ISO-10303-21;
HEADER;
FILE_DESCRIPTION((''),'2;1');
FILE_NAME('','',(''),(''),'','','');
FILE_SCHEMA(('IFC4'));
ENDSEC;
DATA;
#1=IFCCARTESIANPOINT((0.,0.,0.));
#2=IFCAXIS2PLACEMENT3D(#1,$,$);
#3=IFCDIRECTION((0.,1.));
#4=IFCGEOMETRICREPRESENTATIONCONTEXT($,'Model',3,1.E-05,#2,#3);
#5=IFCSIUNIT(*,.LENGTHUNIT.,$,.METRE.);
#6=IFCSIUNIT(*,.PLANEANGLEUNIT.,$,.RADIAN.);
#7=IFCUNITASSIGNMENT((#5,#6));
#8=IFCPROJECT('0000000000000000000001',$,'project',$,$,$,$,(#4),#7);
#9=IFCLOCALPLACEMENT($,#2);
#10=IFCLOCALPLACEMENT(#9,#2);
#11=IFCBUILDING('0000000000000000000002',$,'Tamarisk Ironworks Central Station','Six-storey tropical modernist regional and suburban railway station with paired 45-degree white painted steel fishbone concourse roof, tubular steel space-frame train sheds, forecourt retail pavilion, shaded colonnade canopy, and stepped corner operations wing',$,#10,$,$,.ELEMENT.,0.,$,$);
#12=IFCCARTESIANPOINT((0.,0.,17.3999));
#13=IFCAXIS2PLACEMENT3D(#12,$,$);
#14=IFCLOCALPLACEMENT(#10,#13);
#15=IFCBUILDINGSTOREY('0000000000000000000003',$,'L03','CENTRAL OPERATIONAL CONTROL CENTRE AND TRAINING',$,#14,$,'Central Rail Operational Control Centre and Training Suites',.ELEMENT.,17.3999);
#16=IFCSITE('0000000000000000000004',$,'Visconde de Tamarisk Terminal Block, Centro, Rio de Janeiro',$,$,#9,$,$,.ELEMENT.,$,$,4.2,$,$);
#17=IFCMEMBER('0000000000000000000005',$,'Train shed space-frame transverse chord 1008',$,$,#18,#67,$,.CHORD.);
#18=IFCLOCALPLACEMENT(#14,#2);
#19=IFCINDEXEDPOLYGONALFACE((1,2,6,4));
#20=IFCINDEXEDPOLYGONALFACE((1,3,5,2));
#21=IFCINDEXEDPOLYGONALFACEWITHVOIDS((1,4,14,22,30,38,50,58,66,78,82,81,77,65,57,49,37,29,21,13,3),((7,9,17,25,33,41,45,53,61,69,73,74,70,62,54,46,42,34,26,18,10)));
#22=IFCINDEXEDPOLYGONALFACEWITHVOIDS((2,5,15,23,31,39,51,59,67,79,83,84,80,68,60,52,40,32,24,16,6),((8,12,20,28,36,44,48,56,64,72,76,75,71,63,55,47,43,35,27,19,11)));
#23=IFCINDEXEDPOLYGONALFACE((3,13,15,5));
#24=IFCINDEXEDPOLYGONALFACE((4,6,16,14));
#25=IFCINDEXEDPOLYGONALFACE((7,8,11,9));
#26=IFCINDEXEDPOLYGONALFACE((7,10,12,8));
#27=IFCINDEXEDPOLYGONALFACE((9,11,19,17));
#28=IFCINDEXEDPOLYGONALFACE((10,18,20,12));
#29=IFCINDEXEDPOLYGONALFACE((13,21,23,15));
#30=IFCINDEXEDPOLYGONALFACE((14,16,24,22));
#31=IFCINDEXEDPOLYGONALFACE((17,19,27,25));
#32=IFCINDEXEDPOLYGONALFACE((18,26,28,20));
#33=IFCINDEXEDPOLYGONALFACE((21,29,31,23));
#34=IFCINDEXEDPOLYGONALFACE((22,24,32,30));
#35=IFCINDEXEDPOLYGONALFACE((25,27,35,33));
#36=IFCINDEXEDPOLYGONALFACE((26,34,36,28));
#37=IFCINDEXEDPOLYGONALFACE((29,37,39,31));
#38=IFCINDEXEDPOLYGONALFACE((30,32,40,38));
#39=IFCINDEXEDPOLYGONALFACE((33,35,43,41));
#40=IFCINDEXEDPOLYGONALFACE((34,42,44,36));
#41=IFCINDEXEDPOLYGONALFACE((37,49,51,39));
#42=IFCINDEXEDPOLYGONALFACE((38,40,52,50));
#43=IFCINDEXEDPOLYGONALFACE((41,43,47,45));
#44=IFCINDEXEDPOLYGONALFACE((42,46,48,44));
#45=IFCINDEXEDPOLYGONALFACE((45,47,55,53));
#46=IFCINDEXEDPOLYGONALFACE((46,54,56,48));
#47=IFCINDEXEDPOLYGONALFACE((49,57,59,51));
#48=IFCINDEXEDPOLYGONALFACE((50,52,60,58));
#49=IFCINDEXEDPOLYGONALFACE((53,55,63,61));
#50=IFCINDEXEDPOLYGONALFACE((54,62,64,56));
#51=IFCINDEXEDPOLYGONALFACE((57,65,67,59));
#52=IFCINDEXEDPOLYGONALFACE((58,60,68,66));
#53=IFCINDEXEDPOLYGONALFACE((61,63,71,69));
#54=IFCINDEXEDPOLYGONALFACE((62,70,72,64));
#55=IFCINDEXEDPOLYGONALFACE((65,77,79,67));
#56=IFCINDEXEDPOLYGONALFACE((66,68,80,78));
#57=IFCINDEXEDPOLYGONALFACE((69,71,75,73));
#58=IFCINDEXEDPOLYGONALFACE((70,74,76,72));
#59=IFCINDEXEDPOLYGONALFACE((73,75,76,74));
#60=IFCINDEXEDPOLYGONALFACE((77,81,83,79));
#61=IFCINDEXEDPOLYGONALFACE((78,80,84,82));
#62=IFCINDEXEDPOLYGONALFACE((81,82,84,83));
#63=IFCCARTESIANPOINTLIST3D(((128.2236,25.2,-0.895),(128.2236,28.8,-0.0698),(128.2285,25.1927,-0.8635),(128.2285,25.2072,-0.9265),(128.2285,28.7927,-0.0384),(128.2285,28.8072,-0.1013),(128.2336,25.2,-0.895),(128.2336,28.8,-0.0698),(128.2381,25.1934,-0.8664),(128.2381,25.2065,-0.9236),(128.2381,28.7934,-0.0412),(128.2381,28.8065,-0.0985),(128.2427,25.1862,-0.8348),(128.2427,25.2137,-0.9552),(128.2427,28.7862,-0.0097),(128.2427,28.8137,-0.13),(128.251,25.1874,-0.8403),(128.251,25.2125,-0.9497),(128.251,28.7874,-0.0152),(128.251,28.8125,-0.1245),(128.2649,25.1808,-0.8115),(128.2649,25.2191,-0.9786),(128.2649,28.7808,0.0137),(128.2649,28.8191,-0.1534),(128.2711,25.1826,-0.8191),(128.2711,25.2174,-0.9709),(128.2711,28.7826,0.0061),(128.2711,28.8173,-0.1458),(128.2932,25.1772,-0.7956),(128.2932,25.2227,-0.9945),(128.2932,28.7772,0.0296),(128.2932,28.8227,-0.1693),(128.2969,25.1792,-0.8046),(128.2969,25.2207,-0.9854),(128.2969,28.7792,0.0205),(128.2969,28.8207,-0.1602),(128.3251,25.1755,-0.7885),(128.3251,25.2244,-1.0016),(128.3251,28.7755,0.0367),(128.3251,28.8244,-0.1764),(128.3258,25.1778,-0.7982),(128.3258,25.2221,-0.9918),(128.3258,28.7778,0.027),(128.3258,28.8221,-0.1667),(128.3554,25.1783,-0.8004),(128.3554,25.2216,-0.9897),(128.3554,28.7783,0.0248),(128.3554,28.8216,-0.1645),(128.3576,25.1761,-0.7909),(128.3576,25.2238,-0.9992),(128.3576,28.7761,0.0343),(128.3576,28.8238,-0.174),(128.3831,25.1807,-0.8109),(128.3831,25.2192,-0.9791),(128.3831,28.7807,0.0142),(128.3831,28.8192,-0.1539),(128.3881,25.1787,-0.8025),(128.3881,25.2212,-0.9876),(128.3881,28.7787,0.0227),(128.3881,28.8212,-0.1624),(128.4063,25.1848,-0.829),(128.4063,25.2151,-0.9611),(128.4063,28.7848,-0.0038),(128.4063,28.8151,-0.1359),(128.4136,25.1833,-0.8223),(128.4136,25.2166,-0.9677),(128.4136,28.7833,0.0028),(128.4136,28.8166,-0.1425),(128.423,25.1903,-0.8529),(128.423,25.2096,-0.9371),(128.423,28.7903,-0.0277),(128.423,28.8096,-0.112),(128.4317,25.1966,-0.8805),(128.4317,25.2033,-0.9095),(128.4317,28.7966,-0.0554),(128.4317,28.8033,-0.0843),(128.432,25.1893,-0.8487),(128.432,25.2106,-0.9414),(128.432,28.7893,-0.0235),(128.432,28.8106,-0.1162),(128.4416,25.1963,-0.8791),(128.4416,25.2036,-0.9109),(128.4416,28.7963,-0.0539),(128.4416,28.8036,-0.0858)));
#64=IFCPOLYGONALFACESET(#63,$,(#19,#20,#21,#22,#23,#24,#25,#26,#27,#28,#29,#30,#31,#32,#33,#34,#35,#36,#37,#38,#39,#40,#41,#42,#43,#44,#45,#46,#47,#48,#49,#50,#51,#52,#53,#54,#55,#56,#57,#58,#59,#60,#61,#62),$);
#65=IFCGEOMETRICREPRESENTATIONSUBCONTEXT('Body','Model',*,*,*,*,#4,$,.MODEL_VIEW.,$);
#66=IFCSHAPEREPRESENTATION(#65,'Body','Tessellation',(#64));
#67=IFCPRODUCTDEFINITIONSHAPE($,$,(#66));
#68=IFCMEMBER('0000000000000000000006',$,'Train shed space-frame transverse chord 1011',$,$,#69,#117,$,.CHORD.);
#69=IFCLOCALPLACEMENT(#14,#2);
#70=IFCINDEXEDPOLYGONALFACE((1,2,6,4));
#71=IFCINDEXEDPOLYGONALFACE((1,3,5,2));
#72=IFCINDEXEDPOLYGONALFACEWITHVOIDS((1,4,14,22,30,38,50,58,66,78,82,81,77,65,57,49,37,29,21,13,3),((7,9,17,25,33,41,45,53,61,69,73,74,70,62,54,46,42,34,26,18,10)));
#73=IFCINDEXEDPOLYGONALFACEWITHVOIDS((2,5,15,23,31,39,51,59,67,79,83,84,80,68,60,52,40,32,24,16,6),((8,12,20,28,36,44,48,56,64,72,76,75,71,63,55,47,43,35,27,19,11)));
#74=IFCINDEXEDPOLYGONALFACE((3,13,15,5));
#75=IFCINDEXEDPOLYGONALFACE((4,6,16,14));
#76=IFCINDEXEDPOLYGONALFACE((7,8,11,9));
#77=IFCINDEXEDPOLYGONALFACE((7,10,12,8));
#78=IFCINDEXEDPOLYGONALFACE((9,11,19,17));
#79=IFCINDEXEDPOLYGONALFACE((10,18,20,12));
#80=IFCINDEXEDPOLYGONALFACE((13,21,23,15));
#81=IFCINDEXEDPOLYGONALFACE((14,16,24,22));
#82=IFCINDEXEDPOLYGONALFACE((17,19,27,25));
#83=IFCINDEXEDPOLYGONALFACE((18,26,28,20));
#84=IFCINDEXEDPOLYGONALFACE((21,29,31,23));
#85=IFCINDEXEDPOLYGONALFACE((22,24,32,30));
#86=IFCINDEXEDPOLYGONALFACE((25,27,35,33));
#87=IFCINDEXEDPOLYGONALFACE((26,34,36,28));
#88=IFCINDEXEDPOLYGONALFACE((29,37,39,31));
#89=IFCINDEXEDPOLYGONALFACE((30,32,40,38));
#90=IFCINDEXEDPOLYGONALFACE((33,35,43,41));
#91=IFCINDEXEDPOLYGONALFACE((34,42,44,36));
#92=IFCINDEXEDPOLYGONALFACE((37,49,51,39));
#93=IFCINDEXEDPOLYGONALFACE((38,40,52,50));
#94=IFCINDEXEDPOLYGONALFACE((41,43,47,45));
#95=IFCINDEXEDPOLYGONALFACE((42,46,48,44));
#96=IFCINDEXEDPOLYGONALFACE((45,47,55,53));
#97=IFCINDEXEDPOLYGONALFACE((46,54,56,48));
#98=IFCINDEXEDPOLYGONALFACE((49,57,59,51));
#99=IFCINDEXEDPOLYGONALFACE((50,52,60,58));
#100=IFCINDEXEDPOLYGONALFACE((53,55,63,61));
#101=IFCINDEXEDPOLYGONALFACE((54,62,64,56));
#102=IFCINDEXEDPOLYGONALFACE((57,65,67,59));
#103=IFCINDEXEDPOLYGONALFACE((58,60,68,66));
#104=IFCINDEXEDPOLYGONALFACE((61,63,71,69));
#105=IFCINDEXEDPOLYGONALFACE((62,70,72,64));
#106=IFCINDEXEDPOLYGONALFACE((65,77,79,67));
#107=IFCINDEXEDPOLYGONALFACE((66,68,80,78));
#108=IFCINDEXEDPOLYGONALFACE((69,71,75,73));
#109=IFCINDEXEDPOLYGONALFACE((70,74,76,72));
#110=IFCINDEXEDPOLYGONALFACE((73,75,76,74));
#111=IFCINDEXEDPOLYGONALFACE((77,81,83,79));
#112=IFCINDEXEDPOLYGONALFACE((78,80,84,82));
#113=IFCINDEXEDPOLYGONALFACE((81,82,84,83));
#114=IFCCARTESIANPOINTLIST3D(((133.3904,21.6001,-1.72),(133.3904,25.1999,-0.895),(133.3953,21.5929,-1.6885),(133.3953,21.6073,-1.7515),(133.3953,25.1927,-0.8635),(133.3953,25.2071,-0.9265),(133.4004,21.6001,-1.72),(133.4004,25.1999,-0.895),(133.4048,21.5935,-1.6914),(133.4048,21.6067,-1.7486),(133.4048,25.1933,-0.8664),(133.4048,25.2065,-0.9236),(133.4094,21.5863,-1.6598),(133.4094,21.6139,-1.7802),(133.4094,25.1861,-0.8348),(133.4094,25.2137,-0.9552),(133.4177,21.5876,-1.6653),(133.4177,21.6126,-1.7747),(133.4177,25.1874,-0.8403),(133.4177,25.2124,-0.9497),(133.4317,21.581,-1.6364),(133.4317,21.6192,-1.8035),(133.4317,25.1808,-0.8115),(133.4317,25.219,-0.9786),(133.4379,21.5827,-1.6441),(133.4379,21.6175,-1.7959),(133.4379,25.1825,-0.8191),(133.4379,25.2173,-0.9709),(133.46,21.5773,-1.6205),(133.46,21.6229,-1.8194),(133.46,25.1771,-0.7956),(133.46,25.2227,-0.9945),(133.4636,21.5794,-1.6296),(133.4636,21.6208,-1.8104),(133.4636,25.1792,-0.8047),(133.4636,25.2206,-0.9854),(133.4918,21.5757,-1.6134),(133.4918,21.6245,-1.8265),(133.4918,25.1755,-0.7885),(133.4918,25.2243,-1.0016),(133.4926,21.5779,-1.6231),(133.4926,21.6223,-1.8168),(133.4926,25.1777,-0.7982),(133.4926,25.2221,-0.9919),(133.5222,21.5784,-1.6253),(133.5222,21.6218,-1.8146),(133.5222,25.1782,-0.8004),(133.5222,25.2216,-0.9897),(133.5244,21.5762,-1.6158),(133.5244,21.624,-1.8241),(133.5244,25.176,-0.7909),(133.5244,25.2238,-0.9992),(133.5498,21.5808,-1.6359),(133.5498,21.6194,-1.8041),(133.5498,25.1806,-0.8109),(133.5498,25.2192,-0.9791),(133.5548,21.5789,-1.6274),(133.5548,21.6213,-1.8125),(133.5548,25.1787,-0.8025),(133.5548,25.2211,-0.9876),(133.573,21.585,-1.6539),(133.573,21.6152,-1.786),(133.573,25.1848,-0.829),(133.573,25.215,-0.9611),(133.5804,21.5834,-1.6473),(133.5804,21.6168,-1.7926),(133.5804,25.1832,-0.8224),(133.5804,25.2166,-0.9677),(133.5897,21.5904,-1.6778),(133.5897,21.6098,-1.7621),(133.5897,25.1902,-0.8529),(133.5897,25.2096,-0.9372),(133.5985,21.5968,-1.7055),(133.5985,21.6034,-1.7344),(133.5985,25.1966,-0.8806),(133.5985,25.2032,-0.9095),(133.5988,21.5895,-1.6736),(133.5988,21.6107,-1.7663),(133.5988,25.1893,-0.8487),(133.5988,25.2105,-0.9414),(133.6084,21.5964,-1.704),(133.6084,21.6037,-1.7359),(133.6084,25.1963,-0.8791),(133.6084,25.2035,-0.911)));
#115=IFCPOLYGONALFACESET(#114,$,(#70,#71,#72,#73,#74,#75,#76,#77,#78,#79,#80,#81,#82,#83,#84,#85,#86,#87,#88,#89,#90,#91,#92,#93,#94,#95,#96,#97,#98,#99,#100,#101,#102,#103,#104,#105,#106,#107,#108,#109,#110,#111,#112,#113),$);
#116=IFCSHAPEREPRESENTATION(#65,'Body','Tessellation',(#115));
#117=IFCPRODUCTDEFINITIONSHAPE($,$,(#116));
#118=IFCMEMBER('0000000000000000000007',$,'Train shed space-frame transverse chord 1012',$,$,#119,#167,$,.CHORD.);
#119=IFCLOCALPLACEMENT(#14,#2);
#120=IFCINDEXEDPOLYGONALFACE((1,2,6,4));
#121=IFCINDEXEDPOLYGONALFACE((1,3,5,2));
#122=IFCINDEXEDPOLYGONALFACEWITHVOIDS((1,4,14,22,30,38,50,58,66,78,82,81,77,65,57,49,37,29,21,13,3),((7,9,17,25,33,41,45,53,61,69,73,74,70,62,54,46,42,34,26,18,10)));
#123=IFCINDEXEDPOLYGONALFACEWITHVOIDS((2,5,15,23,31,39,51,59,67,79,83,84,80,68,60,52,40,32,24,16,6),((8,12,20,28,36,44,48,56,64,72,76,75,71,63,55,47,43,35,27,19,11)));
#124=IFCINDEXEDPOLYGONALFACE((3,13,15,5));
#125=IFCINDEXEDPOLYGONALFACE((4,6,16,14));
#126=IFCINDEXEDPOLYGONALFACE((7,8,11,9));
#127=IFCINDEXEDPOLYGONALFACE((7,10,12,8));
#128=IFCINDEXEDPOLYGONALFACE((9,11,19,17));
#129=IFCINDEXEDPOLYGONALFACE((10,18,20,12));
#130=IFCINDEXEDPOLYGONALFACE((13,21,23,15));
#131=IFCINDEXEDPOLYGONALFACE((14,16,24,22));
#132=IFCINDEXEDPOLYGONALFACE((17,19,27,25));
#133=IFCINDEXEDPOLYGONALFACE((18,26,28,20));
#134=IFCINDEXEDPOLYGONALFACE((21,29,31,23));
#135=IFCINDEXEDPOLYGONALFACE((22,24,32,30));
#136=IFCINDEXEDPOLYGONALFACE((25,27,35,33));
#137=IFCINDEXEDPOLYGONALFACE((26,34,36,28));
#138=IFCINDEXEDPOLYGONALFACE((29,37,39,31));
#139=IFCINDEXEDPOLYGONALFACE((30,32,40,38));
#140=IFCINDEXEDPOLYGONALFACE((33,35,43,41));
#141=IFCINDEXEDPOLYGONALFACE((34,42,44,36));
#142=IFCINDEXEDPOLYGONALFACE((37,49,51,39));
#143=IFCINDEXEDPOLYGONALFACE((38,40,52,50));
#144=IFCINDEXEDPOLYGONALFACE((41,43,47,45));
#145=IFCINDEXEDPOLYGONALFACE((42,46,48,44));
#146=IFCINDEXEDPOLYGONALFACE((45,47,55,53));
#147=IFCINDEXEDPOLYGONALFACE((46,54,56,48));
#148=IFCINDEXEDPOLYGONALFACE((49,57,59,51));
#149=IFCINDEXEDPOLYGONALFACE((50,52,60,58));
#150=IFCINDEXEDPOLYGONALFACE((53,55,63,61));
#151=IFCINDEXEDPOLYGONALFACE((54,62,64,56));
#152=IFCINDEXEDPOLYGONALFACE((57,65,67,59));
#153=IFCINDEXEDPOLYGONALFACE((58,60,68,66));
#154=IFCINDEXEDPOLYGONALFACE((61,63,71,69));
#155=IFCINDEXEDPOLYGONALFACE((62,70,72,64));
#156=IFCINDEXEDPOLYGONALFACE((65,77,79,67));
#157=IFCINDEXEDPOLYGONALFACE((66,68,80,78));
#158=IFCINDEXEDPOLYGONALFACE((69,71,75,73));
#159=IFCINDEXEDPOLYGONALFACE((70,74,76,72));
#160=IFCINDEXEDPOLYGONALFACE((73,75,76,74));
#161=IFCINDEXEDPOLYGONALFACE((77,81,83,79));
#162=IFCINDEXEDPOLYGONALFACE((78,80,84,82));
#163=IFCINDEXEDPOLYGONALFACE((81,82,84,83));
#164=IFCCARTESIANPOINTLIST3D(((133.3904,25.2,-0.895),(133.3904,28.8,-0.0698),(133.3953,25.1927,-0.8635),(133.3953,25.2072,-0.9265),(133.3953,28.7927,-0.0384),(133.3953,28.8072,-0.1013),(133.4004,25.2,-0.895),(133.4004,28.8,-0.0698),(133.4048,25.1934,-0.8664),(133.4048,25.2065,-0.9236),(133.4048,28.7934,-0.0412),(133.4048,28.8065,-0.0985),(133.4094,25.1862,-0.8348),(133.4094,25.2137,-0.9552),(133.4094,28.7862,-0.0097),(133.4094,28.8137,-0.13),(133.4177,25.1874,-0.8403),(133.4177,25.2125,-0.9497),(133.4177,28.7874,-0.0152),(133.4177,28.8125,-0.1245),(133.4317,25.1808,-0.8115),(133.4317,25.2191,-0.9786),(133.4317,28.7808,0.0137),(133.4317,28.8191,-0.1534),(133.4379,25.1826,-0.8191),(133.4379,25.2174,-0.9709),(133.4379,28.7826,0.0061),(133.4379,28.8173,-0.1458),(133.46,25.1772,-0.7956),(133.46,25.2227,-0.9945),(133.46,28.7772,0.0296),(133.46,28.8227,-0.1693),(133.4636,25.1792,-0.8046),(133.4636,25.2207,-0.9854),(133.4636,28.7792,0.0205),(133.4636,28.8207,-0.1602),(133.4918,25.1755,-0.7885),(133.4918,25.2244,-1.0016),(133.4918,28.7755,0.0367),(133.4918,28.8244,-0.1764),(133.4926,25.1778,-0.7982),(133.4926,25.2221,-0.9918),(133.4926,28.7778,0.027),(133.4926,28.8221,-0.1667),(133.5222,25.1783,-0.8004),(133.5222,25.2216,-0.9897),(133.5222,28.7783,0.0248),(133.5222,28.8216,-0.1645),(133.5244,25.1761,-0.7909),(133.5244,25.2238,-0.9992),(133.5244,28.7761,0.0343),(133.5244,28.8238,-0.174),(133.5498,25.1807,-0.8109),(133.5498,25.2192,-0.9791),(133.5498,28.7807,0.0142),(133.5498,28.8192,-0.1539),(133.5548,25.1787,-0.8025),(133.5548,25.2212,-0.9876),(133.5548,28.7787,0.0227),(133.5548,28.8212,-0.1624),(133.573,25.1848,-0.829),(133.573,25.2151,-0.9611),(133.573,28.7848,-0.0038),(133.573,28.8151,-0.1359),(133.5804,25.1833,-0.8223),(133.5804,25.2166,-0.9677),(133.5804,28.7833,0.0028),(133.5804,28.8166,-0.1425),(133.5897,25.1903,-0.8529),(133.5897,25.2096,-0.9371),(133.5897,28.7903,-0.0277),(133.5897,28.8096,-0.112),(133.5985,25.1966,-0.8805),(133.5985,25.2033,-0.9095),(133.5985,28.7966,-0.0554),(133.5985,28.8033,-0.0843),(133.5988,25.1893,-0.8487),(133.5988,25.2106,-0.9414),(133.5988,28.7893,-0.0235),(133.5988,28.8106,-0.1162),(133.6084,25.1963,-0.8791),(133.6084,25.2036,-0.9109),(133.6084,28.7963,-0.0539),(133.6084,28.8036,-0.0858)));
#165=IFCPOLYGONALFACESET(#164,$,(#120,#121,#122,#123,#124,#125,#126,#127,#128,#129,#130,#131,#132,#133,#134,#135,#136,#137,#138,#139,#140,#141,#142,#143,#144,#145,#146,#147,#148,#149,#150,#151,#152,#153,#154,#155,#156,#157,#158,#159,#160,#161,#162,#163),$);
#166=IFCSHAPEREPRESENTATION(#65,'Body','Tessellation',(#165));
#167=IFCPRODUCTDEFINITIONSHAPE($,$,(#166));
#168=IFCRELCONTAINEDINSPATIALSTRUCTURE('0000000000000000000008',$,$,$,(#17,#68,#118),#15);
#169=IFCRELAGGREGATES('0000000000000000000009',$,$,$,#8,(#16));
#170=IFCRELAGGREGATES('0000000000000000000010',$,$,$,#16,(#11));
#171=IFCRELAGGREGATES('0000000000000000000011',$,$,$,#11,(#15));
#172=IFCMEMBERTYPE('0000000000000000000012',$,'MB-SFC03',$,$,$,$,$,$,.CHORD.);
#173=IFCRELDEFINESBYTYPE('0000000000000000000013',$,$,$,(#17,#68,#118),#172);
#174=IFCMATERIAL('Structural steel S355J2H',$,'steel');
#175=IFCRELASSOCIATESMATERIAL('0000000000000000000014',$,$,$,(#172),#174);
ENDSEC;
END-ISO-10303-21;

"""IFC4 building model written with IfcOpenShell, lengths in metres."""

from ifc_helpers import new_model, si_unit, direction, frame, origin, origin_2d, place, context, subcontext, project, spatial, hollow_circle, extrude, material, material_profile, profile_set, type_object, element, save


model = new_model("IFC4")

# Units and contexts
model_context = context("Model", 3, precision=1e-05, world=origin(), true_north=direction((0.0, 1.0)))
body_context = subcontext(model_context, "Body", "Model", "MODEL_VIEW")
ifc_project = project(units=[si_unit("LENGTHUNIT", "METRE"), si_unit("PLANEANGLEUNIT", "RADIAN")], contexts=[model_context])

# Site, building, storey
site_placement = place(None, origin())
site = spatial("IfcSite", under=ifc_project, at=site_placement, Name="Visconde de Tamarisk Terminal Block, Centro, Rio de Janeiro", CompositionType="ELEMENT", RefElevation=4.2)
building_placement = place(site_placement, origin())
building = spatial("IfcBuilding", under=site, at=building_placement, Name="Tamarisk Ironworks Central Station", Description="Six-storey tropical modernist regional and suburban railway station with paired 45-degree white painted steel fishbone concourse roof, tubular steel space-frame train sheds, forecourt retail pavilion, shaded colonnade canopy, and stepped corner operations wing", CompositionType="ELEMENT", ElevationOfRefHeight=0.0)
storey_placement = place(building_placement, frame((0.0, 0.0, 17.3999)))
storey = spatial("IfcBuildingStorey", under=building, at=storey_placement, Name="L03", Description="CENTRAL OPERATIONAL CONTROL CENTRE AND TRAINING", LongName="Central Rail Operational Control Centre and Training Suites", CompositionType="ELEMENT", Elevation=17.3999)

# Members
ifc_material_1 = material(Name="Structural steel S355J2H", Category="steel")
ifc_material_profile_1 = material_profile(ifc_material_1, hollow_circle(Radius=0.1096, WallThickness=0.01, at=origin_2d()), Name="CHS 219.1x10")
ifc_profile_set_1 = profile_set([ifc_material_profile_1], Name="Structural steel S355J2H")
member_type_1 = type_object("IfcMemberType", Name="MB-SFC03", PredefinedType="CHORD", material=ifc_profile_set_1)
member_1_placement = place(storey_placement, frame((128.3333, 25.2, -0.895), z_axis=(0.0, 0.974722, 0.223421), x_axis=(-1.0, 0.0, 0.0)))
element("IfcMember", 1, at=member_1_placement, inside=storey, type_object=member_type_1, Name="Train shed space-frame transverse chord 1008", PredefinedType="CHORD", context=body_context, shape_type="SweptSolid", body=[
    extrude(hollow_circle(Radius=0.1096, WallThickness=0.01, at=origin_2d()), origin(), (0.0, 0.0, 1.0), 3.6934),
])
member_2_placement = place(storey_placement, frame((133.5, 21.6001, -1.72), z_axis=(0.0, 0.974733, 0.223372), x_axis=(-1.0, 0.0, 0.0)))
element("IfcMember", 2, at=member_2_placement, inside=storey, type_object=member_type_1, Name="Train shed space-frame transverse chord 1011", PredefinedType="CHORD", context=body_context, shape_type="SweptSolid", body=[
    extrude(hollow_circle(Radius=0.1096, WallThickness=0.01, at=origin_2d()), origin(), (0.0, 0.0, 1.0), 3.6931),
])
member_3_placement = place(storey_placement, frame((133.5, 25.2, -0.895), z_axis=(0.0, 0.974722, 0.223421), x_axis=(-1.0, 0.0, 0.0)))
element("IfcMember", 3, at=member_3_placement, inside=storey, type_object=member_type_1, Name="Train shed space-frame transverse chord 1012", PredefinedType="CHORD", context=body_context, shape_type="SweptSolid", body=[
    extrude(hollow_circle(Radius=0.1096, WallThickness=0.01, at=origin_2d()), origin(), (0.0, 0.0, 1.0), 3.6934),
])

save(model, "model.ifc")
